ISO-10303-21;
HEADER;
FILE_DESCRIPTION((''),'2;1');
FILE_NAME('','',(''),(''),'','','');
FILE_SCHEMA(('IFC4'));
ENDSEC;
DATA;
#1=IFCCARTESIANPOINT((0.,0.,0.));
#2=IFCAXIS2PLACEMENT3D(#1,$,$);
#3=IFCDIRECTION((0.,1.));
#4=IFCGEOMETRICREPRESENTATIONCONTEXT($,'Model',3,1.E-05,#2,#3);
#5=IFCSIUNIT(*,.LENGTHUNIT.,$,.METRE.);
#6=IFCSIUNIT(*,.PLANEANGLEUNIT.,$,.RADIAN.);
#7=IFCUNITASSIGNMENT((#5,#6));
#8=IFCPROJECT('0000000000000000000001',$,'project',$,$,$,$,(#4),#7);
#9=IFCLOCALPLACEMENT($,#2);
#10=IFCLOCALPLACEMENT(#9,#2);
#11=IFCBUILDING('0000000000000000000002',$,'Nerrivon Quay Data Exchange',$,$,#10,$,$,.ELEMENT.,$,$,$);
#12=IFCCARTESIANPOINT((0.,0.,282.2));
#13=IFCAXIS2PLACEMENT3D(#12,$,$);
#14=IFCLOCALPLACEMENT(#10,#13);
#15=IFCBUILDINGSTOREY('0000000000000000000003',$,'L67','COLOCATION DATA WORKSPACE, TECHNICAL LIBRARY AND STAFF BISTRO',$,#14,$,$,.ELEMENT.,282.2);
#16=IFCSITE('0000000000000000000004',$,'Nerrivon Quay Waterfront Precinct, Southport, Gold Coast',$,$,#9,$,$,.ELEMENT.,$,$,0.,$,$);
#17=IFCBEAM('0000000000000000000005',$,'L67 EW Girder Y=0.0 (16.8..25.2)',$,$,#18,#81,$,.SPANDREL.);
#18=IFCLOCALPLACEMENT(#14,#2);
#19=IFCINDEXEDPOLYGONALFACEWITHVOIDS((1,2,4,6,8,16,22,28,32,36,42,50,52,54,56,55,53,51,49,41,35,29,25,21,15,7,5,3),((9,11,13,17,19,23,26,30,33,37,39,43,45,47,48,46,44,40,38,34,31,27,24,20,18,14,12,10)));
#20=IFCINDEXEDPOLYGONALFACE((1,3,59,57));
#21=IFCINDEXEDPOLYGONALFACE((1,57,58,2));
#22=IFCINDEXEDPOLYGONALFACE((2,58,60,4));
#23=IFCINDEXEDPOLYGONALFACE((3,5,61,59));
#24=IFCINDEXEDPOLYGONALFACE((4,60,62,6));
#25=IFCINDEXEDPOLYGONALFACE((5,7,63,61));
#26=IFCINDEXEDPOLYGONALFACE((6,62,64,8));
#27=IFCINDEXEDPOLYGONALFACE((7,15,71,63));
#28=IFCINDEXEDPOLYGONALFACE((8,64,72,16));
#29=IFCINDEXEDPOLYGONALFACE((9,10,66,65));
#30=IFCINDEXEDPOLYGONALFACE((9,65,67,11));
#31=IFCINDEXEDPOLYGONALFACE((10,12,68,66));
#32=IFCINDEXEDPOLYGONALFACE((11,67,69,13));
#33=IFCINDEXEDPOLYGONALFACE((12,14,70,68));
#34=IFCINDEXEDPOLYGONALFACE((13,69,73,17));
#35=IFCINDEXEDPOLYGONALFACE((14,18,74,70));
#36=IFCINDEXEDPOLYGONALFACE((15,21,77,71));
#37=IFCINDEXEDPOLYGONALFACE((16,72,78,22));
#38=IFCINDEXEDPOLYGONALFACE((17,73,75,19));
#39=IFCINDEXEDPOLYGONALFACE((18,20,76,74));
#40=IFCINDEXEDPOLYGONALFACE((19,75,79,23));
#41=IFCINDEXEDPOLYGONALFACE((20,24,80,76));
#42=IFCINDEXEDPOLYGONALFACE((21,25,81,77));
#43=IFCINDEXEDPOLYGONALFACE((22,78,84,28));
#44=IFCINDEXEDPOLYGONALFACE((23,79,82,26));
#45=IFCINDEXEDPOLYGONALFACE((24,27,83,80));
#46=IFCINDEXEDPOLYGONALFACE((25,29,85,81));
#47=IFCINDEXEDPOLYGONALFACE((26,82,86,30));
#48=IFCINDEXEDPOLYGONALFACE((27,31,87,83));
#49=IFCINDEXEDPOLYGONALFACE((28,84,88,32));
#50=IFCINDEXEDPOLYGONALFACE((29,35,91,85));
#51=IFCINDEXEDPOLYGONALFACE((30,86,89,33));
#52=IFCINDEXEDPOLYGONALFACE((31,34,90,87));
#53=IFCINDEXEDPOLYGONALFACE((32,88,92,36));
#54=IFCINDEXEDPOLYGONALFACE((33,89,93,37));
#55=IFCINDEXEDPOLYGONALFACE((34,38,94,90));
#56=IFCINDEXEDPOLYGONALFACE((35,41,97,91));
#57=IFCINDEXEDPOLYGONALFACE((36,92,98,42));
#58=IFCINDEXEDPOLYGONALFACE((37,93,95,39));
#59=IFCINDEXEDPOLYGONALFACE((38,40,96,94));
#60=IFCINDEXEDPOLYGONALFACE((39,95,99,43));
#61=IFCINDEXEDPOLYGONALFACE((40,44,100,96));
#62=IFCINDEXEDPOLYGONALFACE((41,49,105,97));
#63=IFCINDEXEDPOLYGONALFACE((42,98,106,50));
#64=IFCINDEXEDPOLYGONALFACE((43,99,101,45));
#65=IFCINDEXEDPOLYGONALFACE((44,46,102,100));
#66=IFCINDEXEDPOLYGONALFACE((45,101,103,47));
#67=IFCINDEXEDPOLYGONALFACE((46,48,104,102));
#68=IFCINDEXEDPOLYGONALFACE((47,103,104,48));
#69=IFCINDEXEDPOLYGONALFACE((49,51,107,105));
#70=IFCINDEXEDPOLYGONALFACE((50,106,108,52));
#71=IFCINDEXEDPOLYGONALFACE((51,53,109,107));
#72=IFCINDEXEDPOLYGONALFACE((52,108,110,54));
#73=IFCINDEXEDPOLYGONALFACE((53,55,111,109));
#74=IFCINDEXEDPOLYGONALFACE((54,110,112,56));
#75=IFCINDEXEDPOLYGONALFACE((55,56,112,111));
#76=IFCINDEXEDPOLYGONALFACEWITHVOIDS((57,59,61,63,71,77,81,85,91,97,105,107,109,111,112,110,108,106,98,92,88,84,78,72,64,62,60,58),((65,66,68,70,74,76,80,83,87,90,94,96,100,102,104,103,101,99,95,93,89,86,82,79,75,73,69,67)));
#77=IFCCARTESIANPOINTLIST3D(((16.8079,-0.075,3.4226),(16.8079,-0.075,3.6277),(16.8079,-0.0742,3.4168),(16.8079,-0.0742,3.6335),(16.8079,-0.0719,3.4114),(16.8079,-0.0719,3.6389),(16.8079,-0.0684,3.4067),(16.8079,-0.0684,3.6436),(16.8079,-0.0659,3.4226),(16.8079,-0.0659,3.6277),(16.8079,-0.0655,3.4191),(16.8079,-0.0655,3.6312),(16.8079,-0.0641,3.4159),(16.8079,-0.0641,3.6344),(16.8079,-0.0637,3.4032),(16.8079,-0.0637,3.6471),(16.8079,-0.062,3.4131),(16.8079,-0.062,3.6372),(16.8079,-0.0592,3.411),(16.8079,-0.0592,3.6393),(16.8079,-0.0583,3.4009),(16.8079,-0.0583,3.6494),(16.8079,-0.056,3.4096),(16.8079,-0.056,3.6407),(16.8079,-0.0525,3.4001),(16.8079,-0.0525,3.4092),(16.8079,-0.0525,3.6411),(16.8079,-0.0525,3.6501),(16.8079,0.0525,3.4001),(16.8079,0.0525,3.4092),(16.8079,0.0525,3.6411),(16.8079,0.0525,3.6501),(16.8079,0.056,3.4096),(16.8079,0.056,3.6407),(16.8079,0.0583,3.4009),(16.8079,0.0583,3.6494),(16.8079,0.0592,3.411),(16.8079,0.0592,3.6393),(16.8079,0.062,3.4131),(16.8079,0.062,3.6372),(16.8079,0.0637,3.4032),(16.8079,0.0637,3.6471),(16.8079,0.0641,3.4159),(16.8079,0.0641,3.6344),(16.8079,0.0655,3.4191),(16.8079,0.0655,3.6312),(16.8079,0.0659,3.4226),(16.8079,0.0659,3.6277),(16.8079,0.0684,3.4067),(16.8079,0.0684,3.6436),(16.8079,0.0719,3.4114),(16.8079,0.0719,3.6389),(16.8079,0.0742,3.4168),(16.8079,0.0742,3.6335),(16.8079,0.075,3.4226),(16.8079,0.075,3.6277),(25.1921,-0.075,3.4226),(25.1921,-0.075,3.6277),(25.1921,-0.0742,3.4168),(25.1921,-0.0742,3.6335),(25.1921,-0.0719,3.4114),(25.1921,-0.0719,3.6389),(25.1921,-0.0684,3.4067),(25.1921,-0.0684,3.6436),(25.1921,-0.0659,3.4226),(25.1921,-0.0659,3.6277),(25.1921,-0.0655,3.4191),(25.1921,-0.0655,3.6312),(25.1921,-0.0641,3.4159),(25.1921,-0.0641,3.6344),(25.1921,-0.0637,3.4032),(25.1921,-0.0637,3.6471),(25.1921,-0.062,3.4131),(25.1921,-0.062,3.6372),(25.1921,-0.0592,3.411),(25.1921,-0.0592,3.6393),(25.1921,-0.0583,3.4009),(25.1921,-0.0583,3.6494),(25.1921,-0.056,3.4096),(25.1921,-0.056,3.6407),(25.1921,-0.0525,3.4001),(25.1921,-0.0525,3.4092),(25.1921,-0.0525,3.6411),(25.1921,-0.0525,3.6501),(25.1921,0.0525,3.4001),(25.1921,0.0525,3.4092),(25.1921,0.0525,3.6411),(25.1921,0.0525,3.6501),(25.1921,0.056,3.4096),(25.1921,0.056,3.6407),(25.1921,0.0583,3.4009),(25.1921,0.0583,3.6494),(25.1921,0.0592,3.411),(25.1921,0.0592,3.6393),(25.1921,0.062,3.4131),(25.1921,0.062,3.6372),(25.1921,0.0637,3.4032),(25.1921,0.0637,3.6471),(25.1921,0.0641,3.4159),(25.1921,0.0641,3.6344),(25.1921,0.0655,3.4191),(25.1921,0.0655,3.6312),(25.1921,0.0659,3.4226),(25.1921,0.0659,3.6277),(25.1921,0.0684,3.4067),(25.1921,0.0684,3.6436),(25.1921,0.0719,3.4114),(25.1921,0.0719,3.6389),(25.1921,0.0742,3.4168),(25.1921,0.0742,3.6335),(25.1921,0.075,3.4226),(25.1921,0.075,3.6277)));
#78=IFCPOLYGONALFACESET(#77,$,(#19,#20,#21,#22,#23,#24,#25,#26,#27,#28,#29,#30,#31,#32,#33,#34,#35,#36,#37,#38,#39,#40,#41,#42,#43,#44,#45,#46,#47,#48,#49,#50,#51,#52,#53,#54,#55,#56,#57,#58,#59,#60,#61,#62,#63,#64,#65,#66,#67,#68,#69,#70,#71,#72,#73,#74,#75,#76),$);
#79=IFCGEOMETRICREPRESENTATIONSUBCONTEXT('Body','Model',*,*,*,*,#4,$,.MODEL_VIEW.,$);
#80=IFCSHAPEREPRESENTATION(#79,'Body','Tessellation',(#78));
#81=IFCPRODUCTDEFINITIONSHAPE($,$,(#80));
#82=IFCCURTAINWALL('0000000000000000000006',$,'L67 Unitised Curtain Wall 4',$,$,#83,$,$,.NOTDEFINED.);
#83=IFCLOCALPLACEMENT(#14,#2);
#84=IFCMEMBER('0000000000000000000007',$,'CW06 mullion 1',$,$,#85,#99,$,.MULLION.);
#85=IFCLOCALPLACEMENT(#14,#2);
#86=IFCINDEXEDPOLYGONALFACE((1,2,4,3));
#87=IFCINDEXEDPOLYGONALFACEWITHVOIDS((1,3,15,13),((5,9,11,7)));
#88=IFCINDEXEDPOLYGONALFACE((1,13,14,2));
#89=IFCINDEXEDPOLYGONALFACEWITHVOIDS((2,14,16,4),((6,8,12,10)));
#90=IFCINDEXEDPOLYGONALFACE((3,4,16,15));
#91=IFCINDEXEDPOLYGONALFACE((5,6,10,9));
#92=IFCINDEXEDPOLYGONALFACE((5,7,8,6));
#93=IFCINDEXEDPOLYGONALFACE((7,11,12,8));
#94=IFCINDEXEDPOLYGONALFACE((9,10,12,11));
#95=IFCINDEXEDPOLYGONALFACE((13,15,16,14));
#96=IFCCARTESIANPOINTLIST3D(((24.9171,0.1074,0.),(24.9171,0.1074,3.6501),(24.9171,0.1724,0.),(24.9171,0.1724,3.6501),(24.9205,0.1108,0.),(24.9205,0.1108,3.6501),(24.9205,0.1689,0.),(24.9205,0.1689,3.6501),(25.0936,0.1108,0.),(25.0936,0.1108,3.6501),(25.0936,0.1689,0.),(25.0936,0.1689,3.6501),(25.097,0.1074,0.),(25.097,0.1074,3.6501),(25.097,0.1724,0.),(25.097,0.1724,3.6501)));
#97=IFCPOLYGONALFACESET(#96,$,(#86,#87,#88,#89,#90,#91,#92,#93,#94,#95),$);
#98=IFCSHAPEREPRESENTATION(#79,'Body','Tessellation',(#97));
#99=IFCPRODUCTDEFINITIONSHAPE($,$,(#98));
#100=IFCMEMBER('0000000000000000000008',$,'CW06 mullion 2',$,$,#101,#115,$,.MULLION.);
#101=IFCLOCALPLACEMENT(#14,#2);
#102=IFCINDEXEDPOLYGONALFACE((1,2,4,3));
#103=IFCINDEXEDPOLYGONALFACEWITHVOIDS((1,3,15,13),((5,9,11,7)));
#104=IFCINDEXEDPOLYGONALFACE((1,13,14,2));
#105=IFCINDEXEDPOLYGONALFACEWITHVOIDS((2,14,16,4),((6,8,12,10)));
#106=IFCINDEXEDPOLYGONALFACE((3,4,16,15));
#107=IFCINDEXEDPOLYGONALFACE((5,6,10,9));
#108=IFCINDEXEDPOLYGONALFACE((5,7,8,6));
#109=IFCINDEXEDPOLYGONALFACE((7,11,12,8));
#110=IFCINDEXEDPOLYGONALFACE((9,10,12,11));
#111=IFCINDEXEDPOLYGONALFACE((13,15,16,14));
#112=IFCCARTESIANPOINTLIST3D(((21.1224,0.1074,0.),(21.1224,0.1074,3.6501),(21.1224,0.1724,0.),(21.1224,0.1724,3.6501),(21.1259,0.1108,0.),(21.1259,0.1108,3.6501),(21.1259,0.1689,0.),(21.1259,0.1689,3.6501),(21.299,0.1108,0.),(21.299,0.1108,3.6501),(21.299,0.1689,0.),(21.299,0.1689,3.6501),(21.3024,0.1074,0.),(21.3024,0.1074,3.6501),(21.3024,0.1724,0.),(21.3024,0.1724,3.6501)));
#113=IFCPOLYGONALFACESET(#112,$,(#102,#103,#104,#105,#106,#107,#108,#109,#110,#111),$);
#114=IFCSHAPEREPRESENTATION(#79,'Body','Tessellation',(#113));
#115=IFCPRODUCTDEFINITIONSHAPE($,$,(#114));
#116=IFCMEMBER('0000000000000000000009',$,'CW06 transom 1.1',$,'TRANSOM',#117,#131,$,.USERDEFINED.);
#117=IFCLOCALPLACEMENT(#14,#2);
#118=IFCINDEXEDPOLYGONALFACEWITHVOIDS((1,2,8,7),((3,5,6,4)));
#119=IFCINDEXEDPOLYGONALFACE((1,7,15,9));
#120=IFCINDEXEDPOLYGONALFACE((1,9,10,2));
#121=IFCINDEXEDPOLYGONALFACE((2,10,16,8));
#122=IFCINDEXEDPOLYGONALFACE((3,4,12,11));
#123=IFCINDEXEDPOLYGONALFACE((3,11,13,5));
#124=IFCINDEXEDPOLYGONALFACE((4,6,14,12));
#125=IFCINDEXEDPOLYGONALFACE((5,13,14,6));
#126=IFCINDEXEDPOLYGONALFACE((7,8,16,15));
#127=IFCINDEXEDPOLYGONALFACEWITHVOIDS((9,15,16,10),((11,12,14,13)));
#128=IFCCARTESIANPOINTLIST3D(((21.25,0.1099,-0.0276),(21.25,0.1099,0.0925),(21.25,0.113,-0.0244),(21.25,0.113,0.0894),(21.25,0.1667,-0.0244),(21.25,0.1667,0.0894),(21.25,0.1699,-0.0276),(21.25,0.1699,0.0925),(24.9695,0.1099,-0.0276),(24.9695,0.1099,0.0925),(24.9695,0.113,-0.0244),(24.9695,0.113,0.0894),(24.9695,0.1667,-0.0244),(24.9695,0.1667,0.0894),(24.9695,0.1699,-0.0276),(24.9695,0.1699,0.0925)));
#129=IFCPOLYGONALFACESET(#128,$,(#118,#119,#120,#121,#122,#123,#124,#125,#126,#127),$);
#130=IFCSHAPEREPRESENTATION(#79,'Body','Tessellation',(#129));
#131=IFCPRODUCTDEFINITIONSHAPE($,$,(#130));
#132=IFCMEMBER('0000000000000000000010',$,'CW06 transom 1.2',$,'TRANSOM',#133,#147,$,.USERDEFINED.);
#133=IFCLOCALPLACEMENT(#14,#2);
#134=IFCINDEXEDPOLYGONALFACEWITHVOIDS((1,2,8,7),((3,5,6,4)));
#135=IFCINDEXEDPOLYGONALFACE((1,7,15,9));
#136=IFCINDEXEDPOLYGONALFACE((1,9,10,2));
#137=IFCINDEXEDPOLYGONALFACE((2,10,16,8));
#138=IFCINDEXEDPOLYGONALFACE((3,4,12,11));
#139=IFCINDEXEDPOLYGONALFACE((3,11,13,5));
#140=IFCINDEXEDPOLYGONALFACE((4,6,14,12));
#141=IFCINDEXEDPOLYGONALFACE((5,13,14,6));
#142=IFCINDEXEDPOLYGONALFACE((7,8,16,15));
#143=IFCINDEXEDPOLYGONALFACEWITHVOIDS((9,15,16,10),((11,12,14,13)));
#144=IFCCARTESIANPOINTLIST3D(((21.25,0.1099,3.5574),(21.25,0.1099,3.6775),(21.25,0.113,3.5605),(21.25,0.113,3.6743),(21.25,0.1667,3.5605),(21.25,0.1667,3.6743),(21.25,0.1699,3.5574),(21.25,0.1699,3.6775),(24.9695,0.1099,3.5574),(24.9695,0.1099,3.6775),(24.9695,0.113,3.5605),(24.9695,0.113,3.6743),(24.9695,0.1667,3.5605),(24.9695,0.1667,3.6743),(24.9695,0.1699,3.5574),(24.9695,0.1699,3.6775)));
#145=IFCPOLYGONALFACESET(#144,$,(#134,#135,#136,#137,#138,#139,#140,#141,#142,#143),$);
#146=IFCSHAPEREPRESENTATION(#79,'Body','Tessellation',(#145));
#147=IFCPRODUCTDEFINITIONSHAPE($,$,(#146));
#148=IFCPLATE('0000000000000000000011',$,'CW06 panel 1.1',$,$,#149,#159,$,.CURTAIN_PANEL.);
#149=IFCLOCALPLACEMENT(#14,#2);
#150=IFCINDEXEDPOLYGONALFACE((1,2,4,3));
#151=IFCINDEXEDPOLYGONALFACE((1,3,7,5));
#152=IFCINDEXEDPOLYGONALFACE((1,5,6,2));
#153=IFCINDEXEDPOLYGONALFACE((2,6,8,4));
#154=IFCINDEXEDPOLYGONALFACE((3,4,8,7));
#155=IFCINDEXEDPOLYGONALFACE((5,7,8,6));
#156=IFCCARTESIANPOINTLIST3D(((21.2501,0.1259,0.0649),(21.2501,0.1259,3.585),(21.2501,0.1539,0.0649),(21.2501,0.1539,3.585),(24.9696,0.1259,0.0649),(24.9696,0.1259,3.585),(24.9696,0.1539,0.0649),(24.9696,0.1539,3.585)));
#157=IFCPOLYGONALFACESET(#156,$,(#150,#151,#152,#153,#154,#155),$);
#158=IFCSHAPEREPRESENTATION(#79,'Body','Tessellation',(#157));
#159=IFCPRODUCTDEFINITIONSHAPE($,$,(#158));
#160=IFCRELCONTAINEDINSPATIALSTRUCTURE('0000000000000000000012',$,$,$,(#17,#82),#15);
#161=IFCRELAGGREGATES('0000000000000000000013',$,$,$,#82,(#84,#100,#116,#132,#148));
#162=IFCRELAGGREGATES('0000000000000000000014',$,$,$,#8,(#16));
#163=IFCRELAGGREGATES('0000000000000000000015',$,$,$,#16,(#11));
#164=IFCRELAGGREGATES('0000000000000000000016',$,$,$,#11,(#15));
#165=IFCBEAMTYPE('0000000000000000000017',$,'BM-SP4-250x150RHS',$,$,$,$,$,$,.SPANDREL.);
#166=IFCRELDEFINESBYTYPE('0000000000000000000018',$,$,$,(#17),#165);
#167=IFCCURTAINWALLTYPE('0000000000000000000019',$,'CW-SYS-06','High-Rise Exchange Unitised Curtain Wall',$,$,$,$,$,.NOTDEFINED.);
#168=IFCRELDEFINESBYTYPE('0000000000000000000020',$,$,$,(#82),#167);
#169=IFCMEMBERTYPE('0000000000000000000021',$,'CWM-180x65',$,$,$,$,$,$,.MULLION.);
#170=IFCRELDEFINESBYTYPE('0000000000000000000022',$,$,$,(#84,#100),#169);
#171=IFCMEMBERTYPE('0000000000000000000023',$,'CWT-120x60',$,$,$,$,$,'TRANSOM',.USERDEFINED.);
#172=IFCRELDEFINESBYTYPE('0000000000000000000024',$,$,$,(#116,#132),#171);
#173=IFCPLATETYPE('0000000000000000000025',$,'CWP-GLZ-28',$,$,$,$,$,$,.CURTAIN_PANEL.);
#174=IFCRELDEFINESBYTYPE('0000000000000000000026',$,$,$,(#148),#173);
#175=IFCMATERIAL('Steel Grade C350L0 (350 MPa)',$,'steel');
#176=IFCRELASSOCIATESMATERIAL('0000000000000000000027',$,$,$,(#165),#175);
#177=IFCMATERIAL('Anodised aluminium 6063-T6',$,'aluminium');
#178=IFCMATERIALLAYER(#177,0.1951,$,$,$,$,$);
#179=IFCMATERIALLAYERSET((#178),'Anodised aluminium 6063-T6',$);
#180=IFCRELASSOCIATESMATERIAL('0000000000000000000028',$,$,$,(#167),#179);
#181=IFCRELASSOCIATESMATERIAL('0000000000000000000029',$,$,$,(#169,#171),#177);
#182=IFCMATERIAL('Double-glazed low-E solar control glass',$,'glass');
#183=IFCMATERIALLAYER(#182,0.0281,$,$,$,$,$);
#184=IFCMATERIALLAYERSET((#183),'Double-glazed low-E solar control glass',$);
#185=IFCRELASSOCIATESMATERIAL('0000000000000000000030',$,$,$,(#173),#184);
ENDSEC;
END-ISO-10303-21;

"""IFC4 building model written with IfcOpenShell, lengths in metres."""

from ifc_helpers import new_model, si_unit, direction, frame, origin, origin_2d, place, context, subcontext, project, spatial, rectangle, hollow_rectangle, extrude, material, layer, layer_set, material_profile, profile_set, type_object, element, aggregate, save


model = new_model("IFC4")

# Units and contexts
model_context = context("Model", 3, precision=1e-05, world=origin(), true_north=direction((0.0, 1.0)))
body_context = subcontext(model_context, "Body", "Model", "MODEL_VIEW")
ifc_project = project(units=[si_unit("LENGTHUNIT", "METRE"), si_unit("PLANEANGLEUNIT", "RADIAN")], contexts=[model_context])

# Site, building, storey
site_placement = place(None, origin())
site = spatial("IfcSite", under=ifc_project, at=site_placement, Name="Nerrivon Quay Waterfront Precinct, Southport, Gold Coast", CompositionType="ELEMENT", RefElevation=0.0)
building_placement = place(site_placement, origin())
building = spatial("IfcBuilding", under=site, at=building_placement, Name="Nerrivon Quay Data Exchange", CompositionType="ELEMENT")
storey_placement = place(building_placement, frame((0.0, 0.0, 282.2)))
storey = spatial("IfcBuildingStorey", under=building, at=storey_placement, Name="L67", Description="COLOCATION DATA WORKSPACE, TECHNICAL LIBRARY AND STAFF BISTRO", CompositionType="ELEMENT", Elevation=282.2)

# Beam
ifc_material_1 = material(Name="Steel Grade C350L0 (350 MPa)", Category="steel")
ifc_material_profile_1 = material_profile(ifc_material_1, hollow_rectangle(XDim=0.1499, YDim=0.25, WallThickness=0.009, InnerFilletRadius=0.0134, OuterFilletRadius=0.0225, at=origin_2d()), Name="250x150x9.0RHS")
ifc_profile_set_1 = profile_set([ifc_material_profile_1], Name="Steel Grade C350L0 (350 MPa)")
beam_type_1 = type_object("IfcBeamType", Name="BM-SP4-250x150RHS", PredefinedType="SPANDREL", material=ifc_profile_set_1)
beam_1_placement = place(storey_placement, frame((16.8079, 0.0, 3.5251), z_axis=(1.0, 0.0, 0.0), x_axis=(0.0, 1.0, 0.0)))
element("IfcBeam", 1, at=beam_1_placement, inside=storey, type_object=beam_type_1, Name="L67 EW Girder Y=0.0 (16.8..25.2)", PredefinedType="SPANDREL", context=body_context, shape_type="SweptSolid", body=[
    extrude(hollow_rectangle(XDim=0.1499, YDim=0.25, WallThickness=0.009, InnerFilletRadius=0.0134, OuterFilletRadius=0.0225, at=origin_2d()), origin(), (0.0, 0.0, 1.0), 8.3843),
])

# Curtain wall, members, plate
ifc_material_2 = material(Name="Anodised aluminium 6063-T6", Category="aluminium")
ifc_layer_1 = layer(ifc_material_2, 0.1951)
ifc_layer_set_1 = layer_set([ifc_layer_1], Name="Anodised aluminium 6063-T6")
curtain_wall_type = type_object("IfcCurtainWallType", Name="CW-SYS-06", Description="High-Rise Exchange Unitised Curtain Wall", PredefinedType="NOTDEFINED", material=ifc_layer_set_1)
curtain_wall_placement = place(storey_placement, origin())
curtain_wall = element("IfcCurtainWall", 2, at=curtain_wall_placement, inside=storey, type_object=curtain_wall_type, Name="L67 Unitised Curtain Wall 4", PredefinedType="NOTDEFINED")
ifc_material_profile_2 = material_profile(ifc_material_2, hollow_rectangle(XDim=0.0649, YDim=0.1799, WallThickness=0.0034, at=origin_2d()), Name="ALU-MULL-180x65")
ifc_profile_set_2 = profile_set([ifc_material_profile_2], Name="Anodised aluminium 6063-T6")
member_type_1 = type_object("IfcMemberType", Name="CWM-180x65", PredefinedType="MULLION", material=ifc_profile_set_2)
member_1_placement = place(storey_placement, frame((25.0071, 0.1399, 0.0), z_axis=(0.0, 0.0, 1.0), x_axis=(0.0, -1.0, 0.0)))
member_1 = element("IfcMember", 3, at=member_1_placement, type_object=member_type_1, Name="CW06 mullion 1", PredefinedType="MULLION", context=body_context, shape_type="SweptSolid", body=[
    extrude(hollow_rectangle(XDim=0.0649, YDim=0.1799, WallThickness=0.0034, at=origin_2d()), origin(), (0.0, 0.0, 1.0), 3.6501),
])
member_2_placement = place(storey_placement, frame((21.2124, 0.1399, 0.0), z_axis=(0.0, 0.0, 1.0), x_axis=(0.0, -1.0, 0.0)))
member_2 = element("IfcMember", 4, at=member_2_placement, type_object=member_type_1, Name="CW06 mullion 2", PredefinedType="MULLION", context=body_context, shape_type="SweptSolid", body=[
    extrude(hollow_rectangle(XDim=0.0649, YDim=0.1799, WallThickness=0.0034, at=origin_2d()), origin(), (0.0, 0.0, 1.0), 3.6501),
])
ifc_material_profile_3 = material_profile(ifc_material_2, hollow_rectangle(XDim=0.0601, YDim=0.1201, WallThickness=0.0032, at=origin_2d()), Name="ALU-TRAN-120x60")
ifc_profile_set_3 = profile_set([ifc_material_profile_3], Name="Anodised aluminium 6063-T6")
member_type_2 = type_object("IfcMemberType", Name="CWT-120x60", ElementType="TRANSOM", PredefinedType="USERDEFINED", material=ifc_profile_set_3)
member_3_placement = place(storey_placement, frame((24.9695, 0.1399, 0.0325), z_axis=(-1.0, 0.0, 0.0), x_axis=(0.0, -1.0, 0.0)))
member_3 = element("IfcMember", 5, at=member_3_placement, type_object=member_type_2, Name="CW06 transom 1.1", ObjectType="TRANSOM", PredefinedType="USERDEFINED", context=body_context, shape_type="SweptSolid", body=[
    extrude(hollow_rectangle(XDim=0.0601, YDim=0.1201, WallThickness=0.0032, at=origin_2d()), origin(), (0.0, 0.0, 1.0), 3.7195),
])
member_4_placement = place(storey_placement, frame((24.9695, 0.1399, 3.6174), z_axis=(-1.0, 0.0, 0.0), x_axis=(0.0, -1.0, 0.0)))
member_4 = element("IfcMember", 6, at=member_4_placement, type_object=member_type_2, Name="CW06 transom 1.2", ObjectType="TRANSOM", PredefinedType="USERDEFINED", context=body_context, shape_type="SweptSolid", body=[
    extrude(hollow_rectangle(XDim=0.0601, YDim=0.1201, WallThickness=0.0032, at=origin_2d()), origin(), (0.0, 0.0, 1.0), 3.7195),
])
ifc_material_3 = material(Name="Double-glazed low-E solar control glass", Category="glass")
ifc_layer_2 = layer(ifc_material_3, 0.0281)
ifc_layer_set_2 = layer_set([ifc_layer_2], Name="Double-glazed low-E solar control glass")
plate_type = type_object("IfcPlateType", Name="CWP-GLZ-28", PredefinedType="CURTAIN_PANEL", material=ifc_layer_set_2)
plate_placement = place(storey_placement, frame((23.1099, 0.1399, 0.0649), z_axis=(0.0, 0.0, 1.0), x_axis=(-1.0, 0.0, 0.0)))
plate = element("IfcPlate", 7, at=plate_placement, type_object=plate_type, Name="CW06 panel 1.1", PredefinedType="CURTAIN_PANEL", context=body_context, shape_type="SweptSolid", body=[
    extrude(rectangle(XDim=3.7195, YDim=0.0281, at=origin_2d()), origin(), (0.0, 0.0, 1.0), 3.52),
])
aggregate(curtain_wall, [member_1, member_2, member_3, member_4, plate])

save(model, "model.ifc")
